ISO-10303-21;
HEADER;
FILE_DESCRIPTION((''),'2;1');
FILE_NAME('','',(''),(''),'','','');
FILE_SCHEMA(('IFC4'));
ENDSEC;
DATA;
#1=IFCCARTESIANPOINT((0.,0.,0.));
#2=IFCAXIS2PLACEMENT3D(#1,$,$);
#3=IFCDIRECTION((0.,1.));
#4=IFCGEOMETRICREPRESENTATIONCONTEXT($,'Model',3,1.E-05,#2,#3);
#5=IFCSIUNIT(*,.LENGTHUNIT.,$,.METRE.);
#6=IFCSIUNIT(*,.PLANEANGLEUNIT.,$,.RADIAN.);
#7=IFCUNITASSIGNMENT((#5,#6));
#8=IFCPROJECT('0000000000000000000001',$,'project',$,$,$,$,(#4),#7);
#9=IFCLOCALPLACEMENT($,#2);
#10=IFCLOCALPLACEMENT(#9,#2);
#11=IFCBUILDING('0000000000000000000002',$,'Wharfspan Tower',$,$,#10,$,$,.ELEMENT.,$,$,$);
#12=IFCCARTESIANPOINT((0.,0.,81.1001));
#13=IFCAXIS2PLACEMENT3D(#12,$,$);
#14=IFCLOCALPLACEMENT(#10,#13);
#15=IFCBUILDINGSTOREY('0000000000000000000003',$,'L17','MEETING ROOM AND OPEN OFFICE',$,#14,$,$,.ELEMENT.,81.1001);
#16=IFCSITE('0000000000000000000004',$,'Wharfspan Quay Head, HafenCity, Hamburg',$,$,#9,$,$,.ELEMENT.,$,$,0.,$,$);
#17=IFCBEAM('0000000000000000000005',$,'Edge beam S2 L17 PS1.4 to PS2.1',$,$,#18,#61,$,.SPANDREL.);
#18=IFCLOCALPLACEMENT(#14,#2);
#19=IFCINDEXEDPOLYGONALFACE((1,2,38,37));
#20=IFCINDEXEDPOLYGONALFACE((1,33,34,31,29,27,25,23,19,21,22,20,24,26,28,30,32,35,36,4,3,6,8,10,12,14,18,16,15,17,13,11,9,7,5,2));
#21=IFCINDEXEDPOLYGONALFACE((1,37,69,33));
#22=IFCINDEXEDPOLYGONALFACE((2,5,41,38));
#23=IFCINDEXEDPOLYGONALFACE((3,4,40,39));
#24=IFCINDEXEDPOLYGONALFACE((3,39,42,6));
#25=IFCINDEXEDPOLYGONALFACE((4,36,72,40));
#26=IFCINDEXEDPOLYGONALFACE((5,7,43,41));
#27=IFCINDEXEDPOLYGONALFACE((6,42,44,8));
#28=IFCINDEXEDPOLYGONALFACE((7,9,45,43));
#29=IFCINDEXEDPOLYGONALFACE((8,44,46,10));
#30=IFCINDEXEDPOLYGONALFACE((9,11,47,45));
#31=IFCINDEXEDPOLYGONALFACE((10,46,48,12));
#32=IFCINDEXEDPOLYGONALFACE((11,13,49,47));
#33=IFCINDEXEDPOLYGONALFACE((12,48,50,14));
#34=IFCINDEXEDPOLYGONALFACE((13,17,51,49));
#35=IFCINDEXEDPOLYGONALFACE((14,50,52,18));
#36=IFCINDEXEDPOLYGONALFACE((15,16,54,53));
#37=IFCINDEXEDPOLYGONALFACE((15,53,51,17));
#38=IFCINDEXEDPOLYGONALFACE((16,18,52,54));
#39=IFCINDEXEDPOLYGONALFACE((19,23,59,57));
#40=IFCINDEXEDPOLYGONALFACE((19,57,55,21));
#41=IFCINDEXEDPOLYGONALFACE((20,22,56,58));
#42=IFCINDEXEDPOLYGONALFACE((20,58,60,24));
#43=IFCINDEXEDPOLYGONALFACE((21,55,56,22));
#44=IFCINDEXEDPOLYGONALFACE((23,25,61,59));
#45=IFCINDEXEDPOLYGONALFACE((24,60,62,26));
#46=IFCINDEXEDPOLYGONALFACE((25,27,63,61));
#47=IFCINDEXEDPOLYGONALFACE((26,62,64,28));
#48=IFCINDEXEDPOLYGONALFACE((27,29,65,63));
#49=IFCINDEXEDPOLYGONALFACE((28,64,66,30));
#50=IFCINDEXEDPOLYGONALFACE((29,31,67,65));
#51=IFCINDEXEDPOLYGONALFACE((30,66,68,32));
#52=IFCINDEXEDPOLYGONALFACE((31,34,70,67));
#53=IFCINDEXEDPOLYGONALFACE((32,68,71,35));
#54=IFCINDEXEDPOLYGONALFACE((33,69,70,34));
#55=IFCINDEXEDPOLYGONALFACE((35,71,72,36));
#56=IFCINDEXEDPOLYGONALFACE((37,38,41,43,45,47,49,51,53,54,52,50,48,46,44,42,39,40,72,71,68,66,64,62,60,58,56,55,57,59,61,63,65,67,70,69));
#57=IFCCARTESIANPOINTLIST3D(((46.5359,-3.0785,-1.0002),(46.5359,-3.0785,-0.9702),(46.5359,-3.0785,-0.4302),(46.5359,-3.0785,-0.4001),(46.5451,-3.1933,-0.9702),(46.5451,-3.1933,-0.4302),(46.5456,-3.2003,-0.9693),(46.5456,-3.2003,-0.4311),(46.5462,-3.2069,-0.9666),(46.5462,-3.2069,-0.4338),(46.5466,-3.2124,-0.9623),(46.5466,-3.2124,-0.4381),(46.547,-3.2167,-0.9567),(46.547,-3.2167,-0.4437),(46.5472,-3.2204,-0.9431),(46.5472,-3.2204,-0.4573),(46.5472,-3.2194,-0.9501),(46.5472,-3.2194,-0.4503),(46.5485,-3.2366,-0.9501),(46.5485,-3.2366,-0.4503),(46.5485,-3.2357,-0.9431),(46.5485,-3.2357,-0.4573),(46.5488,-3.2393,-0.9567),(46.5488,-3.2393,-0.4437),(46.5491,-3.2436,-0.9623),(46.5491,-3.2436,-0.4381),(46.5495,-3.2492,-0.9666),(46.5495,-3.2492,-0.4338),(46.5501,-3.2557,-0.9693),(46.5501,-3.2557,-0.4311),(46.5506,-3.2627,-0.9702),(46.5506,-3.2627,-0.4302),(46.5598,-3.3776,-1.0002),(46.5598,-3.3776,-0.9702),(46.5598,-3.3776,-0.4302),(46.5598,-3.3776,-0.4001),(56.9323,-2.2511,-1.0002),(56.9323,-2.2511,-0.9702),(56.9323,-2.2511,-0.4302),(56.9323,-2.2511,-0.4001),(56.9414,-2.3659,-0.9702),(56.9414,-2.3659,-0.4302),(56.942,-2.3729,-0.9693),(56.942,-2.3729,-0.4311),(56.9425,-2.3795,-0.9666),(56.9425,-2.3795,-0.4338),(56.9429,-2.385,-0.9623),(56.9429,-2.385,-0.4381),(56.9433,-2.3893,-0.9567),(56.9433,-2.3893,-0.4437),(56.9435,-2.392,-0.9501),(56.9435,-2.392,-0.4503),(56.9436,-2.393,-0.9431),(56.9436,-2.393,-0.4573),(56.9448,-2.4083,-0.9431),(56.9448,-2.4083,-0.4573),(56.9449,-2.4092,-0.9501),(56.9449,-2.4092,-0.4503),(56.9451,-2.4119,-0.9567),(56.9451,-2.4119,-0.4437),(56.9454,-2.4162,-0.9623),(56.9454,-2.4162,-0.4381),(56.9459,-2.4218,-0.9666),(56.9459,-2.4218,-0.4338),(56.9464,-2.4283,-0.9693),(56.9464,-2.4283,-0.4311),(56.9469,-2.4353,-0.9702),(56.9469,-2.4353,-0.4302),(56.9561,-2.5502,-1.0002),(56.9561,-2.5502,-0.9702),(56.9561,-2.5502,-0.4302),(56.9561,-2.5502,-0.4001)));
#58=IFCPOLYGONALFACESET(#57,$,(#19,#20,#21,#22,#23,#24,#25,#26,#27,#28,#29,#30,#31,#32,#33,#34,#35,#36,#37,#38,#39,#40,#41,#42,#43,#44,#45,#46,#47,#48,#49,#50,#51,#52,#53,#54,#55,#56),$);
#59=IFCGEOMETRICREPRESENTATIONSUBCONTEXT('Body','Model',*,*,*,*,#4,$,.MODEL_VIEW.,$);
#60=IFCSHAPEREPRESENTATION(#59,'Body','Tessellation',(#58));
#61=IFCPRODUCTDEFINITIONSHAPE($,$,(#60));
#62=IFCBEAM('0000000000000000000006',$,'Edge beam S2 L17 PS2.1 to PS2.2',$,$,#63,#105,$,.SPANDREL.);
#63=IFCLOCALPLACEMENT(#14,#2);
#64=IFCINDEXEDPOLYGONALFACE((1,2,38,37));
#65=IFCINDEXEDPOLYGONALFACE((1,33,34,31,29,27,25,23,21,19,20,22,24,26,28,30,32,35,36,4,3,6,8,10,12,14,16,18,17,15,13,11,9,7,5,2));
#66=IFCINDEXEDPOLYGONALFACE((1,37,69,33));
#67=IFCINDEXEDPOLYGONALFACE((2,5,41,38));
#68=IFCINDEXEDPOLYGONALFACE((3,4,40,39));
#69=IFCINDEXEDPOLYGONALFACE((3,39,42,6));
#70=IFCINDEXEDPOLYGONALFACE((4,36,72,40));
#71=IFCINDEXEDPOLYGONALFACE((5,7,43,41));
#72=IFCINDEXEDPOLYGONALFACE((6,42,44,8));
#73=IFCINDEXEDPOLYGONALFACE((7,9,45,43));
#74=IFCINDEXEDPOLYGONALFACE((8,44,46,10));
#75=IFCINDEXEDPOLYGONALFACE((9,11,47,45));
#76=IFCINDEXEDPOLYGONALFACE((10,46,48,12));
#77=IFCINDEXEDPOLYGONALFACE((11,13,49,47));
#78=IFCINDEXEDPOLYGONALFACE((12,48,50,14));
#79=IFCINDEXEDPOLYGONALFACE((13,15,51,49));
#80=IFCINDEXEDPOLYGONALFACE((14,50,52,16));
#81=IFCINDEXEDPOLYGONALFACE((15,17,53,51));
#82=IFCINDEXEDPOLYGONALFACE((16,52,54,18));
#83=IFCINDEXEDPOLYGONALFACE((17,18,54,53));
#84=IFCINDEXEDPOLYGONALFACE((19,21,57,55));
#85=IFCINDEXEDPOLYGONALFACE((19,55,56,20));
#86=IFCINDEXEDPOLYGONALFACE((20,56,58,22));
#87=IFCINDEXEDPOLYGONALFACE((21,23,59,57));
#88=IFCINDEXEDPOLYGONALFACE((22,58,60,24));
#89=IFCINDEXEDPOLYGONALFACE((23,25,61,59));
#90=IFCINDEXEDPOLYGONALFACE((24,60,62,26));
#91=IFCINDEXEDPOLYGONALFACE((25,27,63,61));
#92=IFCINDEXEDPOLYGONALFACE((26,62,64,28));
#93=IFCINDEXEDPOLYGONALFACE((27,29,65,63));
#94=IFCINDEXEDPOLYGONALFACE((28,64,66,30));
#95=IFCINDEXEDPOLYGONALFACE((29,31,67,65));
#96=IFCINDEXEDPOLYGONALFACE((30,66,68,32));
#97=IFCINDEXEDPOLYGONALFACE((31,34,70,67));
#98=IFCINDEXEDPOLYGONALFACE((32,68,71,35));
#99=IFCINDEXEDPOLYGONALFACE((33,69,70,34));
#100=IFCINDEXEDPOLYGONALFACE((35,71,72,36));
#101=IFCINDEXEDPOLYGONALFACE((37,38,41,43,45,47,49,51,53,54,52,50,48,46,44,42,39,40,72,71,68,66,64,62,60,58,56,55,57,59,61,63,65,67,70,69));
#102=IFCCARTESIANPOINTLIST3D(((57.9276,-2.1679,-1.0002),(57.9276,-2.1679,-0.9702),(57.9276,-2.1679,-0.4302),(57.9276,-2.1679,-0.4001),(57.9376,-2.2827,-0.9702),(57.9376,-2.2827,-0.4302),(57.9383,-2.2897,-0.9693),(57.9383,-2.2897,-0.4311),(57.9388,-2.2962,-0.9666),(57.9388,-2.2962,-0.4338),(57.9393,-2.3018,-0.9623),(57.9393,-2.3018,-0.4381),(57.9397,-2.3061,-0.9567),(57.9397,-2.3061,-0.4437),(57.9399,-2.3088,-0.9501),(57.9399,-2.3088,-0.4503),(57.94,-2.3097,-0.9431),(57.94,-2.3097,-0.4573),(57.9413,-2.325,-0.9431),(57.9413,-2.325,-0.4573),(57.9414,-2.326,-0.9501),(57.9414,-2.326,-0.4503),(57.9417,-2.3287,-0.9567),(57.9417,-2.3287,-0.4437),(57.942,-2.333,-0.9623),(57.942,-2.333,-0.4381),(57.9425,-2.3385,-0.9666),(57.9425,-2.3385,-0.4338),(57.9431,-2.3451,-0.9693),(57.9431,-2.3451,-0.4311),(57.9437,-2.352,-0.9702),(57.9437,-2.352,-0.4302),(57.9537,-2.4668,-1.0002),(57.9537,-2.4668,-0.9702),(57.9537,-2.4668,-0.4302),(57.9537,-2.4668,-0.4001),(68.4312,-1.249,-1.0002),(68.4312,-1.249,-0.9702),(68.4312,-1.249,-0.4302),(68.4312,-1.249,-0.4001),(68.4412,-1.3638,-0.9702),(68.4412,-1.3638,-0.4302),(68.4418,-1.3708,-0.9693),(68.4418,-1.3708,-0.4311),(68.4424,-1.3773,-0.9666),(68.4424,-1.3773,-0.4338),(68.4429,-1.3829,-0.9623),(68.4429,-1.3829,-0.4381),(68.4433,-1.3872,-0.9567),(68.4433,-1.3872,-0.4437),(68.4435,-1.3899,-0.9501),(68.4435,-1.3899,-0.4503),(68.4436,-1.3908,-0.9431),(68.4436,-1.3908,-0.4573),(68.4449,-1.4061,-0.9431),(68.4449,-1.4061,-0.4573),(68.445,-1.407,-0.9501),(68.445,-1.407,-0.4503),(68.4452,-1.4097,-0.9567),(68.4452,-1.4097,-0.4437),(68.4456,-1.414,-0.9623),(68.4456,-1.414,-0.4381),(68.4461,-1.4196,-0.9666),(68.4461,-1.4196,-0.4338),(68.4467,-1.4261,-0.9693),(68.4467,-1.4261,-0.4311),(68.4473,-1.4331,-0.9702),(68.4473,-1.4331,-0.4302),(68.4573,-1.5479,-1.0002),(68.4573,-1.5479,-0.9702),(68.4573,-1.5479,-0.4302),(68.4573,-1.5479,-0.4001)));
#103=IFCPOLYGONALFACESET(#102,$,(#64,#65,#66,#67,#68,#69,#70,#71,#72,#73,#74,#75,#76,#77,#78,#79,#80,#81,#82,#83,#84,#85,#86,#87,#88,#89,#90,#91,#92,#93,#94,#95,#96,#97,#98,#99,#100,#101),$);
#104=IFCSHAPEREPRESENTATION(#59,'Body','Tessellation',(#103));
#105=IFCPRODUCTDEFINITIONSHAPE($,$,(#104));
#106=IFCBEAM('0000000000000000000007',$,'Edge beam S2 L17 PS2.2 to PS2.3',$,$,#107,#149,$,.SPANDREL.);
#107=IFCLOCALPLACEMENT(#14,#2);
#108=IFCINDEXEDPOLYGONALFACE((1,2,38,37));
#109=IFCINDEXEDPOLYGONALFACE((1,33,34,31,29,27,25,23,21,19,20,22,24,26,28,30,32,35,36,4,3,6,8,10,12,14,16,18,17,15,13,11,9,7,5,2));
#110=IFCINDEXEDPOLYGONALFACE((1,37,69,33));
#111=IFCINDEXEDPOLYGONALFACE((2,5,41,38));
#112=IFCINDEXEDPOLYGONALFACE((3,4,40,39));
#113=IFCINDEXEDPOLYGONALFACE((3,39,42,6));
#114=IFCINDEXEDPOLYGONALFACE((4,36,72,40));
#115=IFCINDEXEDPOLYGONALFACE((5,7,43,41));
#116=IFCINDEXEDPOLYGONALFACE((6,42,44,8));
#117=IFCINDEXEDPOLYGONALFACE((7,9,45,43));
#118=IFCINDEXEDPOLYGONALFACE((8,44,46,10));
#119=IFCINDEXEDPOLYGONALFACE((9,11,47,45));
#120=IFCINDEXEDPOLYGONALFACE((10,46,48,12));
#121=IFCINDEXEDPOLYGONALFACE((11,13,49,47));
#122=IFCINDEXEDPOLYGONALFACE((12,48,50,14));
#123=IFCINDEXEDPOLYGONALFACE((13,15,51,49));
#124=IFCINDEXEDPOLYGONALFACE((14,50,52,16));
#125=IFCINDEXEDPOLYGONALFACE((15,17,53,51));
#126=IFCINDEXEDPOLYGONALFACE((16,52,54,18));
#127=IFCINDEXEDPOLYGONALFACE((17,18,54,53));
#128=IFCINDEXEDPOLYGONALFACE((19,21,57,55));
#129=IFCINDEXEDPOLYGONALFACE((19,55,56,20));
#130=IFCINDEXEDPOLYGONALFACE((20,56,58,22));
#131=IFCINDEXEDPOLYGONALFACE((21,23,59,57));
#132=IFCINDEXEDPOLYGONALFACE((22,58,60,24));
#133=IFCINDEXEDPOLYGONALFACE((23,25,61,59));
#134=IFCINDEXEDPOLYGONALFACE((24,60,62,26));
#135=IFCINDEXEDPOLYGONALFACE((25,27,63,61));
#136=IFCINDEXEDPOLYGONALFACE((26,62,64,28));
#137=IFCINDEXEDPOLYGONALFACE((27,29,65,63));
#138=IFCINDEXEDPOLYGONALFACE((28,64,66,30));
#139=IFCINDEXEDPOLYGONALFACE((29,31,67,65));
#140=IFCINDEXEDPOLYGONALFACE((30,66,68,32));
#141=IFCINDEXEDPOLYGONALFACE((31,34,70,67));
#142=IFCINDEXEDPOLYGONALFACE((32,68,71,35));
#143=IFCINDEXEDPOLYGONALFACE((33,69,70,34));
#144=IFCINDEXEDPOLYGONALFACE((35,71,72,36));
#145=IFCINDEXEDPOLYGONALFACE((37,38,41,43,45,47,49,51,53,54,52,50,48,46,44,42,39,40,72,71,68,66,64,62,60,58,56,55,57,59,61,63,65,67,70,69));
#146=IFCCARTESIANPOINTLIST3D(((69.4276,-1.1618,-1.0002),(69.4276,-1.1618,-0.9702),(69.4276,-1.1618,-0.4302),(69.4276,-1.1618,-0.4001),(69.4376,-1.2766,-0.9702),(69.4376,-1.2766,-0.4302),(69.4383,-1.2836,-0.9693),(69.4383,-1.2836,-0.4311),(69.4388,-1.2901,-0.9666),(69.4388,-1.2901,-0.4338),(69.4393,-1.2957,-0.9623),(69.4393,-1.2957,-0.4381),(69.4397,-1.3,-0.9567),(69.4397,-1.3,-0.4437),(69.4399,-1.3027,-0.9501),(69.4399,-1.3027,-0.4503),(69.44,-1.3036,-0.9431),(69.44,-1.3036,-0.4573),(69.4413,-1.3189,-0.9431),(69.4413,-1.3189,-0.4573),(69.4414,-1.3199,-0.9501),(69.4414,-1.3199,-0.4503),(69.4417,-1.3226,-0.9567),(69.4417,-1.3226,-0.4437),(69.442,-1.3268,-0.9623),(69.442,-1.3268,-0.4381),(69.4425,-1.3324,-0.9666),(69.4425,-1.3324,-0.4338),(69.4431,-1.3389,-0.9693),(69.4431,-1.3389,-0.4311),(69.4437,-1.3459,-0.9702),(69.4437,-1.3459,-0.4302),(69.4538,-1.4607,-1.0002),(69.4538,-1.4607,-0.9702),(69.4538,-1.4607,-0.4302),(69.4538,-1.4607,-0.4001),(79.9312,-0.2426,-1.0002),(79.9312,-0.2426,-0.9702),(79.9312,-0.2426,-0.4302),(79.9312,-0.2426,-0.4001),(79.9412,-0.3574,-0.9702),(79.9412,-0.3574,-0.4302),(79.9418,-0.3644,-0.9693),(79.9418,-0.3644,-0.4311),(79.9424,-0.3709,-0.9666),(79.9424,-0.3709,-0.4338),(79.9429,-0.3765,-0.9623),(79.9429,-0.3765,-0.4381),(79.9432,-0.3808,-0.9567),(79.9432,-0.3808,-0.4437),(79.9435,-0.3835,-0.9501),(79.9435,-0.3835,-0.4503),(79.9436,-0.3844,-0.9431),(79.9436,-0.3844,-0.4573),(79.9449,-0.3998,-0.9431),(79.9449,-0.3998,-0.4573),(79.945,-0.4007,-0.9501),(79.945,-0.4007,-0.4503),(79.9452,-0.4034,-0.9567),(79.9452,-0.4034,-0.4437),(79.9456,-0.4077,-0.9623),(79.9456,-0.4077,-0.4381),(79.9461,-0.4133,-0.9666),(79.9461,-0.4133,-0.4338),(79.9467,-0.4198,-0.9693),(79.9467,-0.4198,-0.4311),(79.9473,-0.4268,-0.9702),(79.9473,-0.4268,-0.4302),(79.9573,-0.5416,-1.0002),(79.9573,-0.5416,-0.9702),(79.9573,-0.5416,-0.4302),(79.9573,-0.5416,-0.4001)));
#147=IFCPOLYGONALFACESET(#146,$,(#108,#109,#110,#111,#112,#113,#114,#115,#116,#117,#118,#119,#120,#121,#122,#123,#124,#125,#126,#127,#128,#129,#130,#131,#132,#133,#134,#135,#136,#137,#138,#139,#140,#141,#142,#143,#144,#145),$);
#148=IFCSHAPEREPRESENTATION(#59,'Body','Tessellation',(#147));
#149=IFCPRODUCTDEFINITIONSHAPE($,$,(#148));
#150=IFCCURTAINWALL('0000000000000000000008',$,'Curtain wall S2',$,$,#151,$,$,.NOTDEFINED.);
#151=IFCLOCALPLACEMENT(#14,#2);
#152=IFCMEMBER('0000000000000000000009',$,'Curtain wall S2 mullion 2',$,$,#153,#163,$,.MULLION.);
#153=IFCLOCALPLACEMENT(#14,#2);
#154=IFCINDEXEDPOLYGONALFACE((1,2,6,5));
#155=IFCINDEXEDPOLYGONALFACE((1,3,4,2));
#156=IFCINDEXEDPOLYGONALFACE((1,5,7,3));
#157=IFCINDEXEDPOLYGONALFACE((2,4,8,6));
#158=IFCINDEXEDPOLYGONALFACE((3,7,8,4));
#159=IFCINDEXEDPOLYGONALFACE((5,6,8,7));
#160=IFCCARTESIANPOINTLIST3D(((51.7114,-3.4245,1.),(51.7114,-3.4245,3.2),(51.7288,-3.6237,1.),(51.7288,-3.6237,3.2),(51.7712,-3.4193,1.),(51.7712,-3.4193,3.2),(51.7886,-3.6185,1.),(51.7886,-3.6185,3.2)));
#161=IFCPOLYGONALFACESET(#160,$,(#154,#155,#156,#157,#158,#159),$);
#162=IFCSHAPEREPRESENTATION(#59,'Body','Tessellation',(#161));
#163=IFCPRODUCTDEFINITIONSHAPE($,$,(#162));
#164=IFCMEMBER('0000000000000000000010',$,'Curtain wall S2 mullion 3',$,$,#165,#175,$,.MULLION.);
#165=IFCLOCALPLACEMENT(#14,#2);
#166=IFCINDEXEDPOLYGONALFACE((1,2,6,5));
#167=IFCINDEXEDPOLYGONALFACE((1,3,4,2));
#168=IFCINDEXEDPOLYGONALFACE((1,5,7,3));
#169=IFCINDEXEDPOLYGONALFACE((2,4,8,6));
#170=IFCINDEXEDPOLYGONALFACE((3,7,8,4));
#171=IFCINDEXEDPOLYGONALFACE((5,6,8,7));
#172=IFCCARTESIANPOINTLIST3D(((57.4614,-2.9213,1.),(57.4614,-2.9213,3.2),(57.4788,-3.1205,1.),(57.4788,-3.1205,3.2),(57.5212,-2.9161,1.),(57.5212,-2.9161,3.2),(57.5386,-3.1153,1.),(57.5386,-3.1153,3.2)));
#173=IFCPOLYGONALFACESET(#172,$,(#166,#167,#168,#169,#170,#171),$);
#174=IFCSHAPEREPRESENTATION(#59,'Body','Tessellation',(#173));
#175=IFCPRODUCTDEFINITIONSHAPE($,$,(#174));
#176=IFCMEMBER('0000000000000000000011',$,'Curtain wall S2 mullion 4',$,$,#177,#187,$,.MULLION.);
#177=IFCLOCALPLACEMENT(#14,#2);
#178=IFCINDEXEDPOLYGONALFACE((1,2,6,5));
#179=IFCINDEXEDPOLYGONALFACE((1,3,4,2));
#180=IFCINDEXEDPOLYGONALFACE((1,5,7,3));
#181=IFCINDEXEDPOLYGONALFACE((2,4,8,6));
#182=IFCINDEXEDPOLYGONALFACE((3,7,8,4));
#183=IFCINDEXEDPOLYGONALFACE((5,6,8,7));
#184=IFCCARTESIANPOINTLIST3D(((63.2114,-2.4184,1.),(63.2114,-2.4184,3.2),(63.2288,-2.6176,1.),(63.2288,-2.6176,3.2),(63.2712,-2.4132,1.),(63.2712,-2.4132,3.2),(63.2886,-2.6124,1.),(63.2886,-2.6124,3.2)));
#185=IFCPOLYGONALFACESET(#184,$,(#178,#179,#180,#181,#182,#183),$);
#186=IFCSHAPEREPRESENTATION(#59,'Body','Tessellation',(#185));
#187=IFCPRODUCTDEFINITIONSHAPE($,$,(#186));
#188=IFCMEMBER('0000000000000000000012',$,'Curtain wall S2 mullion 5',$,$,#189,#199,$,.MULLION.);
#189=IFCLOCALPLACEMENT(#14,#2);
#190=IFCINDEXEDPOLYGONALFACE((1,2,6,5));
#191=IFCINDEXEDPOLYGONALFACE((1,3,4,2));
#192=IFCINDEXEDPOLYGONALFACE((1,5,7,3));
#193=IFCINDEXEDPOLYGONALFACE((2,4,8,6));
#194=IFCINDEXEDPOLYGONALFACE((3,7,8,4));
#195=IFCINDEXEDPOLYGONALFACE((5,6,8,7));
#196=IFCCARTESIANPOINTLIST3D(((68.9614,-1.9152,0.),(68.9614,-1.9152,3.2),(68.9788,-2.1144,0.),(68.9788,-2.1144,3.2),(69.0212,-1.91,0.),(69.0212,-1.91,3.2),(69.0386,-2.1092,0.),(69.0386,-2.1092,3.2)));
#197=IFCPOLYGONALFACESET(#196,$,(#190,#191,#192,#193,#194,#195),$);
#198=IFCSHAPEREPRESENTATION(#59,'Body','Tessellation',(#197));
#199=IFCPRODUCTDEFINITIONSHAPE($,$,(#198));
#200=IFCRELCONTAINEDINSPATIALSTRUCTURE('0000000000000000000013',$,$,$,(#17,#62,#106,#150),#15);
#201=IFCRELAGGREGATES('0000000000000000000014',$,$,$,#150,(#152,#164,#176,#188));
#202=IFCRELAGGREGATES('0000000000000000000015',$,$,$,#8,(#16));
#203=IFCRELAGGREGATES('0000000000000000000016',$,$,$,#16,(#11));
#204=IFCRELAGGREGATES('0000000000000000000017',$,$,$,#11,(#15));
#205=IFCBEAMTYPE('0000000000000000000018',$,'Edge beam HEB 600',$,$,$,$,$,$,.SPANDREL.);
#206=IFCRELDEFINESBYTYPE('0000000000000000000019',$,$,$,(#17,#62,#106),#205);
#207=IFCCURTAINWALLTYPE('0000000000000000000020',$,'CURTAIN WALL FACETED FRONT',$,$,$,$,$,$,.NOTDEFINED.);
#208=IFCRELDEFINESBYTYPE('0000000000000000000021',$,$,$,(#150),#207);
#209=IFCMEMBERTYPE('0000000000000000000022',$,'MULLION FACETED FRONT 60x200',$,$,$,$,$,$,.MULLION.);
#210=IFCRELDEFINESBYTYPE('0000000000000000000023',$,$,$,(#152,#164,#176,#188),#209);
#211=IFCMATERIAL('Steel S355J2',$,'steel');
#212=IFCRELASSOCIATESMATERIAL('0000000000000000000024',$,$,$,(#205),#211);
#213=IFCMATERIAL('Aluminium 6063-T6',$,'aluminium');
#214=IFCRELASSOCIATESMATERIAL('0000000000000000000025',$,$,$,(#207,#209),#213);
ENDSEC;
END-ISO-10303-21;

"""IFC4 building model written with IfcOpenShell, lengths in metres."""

from ifc_helpers import new_model, si_unit, direction, frame, origin, origin_2d, place, context, subcontext, project, spatial, rectangle, i_section, extrude, material, material_profile, profile_set, type_object, element, aggregate, save


model = new_model("IFC4")

# Units and contexts
model_context = context("Model", 3, precision=1e-05, world=origin(), true_north=direction((0.0, 1.0)))
body_context = subcontext(model_context, "Body", "Model", "MODEL_VIEW")
ifc_project = project(units=[si_unit("LENGTHUNIT", "METRE"), si_unit("PLANEANGLEUNIT", "RADIAN")], contexts=[model_context])

# Site, building, storey
site_placement = place(None, origin())
site = spatial("IfcSite", under=ifc_project, at=site_placement, Name="Wharfspan Quay Head, HafenCity, Hamburg", CompositionType="ELEMENT", RefElevation=0.0)
building_placement = place(site_placement, origin())
building = spatial("IfcBuilding", under=site, at=building_placement, Name="Wharfspan Tower", CompositionType="ELEMENT")
storey_placement = place(building_placement, frame((0.0, 0.0, 81.1001)))
storey = spatial("IfcBuildingStorey", under=building, at=storey_placement, Name="L17", Description="MEETING ROOM AND OPEN OFFICE", CompositionType="ELEMENT", Elevation=81.1001)

# Shared definitions
ifc_material_1 = material(Name="Steel S355J2", Category="steel")

# Beams
ifc_material_profile_1 = material_profile(ifc_material_1, i_section(OverallWidth=0.3, OverallDepth=0.6001, WebThickness=0.0154, FlangeThickness=0.03, FilletRadius=0.0271, at=origin_2d()))
ifc_profile_set_1 = profile_set([ifc_material_profile_1], Name="Steel S355J2")
beam_type = type_object("IfcBeamType", Name="Edge beam HEB 600", PredefinedType="SPANDREL", material=ifc_profile_set_1)
beam_placement = place(storey_placement, frame((46.5479, -3.228, -0.7002), z_axis=(0.996848, 0.079335, 0.0), x_axis=(-0.079335, 0.996848, 0.0)))
element("IfcBeam", 1, at=beam_placement, inside=storey, type_object=beam_type, Name="Edge beam S2 L17 PS1.4 to PS2.1", PredefinedType="SPANDREL", context=body_context, shape_type="SweptSolid", body=[
    extrude(i_section(OverallWidth=0.3, OverallDepth=0.6001, WebThickness=0.0154, FlangeThickness=0.03, FilletRadius=0.0271, at=origin_2d()), origin(), (0.0, 0.0, 1.0), 10.4292),
])
for number, where, z_axis, x_axis, name in (
    (2, (57.9407, -2.3174, -0.7002), (0.996195, 0.087155, 0.0), (-0.087155, 0.996195, 0.0), "Edge beam S2 L17 PS2.1 to PS2.2"),
    (3, (69.4407, -1.3113, -0.7002), (0.996193, 0.087178, 0.0), (-0.087178, 0.996193, 0.0), "Edge beam S2 L17 PS2.2 to PS2.3"),
):
    element("IfcBeam", number, at=place(storey_placement, frame(where, z_axis=z_axis, x_axis=x_axis)), inside=storey, type_object=beam_type, Name=name, PredefinedType="SPANDREL", context=body_context, shape_type="SweptSolid", body=[
        extrude(i_section(OverallWidth=0.3, OverallDepth=0.6001, WebThickness=0.0154, FlangeThickness=0.03, FilletRadius=0.0271, at=origin_2d()), origin(), (0.0, 0.0, 1.0), 10.5437),
    ])

# Curtain wall, members
ifc_material_2 = material(Name="Aluminium 6063-T6", Category="aluminium")
curtain_wall_type = type_object("IfcCurtainWallType", Name="CURTAIN WALL FACETED FRONT", PredefinedType="NOTDEFINED", material=ifc_material_2)
curtain_wall_placement = place(storey_placement, origin())
curtain_wall = element("IfcCurtainWall", 4, at=curtain_wall_placement, inside=storey, type_object=curtain_wall_type, Name="Curtain wall S2", PredefinedType="NOTDEFINED")
ifc_material_profile_2 = material_profile(ifc_material_2, rectangle(XDim=0.2, YDim=0.0601, at=origin_2d()))
ifc_profile_set_2 = profile_set([ifc_material_profile_2], Name="Aluminium 6063-T6")
member_type_1 = type_object("IfcMemberType", Name="MULLION FACETED FRONT 60x200", PredefinedType="MULLION", material=ifc_profile_set_2)
member_1_placement = place(storey_placement, frame((51.75, -3.5215, 1.0), z_axis=(0.0, 0.0, 1.0), x_axis=(-0.087156, 0.996197, 0.0)))
member_1 = element("IfcMember", 5, at=member_1_placement, type_object=member_type_1, Name="Curtain wall S2 mullion 2", PredefinedType="MULLION", context=body_context, shape_type="SweptSolid", body=[
    extrude(rectangle(XDim=0.2, YDim=0.0601, at=origin_2d()), origin(), (0.0, 0.0, 1.0), 2.2),
])
member_2_placement = place(storey_placement, frame((57.5, -3.0183, 1.0), z_axis=(0.0, 0.0, 1.0), x_axis=(-0.087156, 0.996197, 0.0)))
member_2 = element("IfcMember", 6, at=member_2_placement, type_object=member_type_1, Name="Curtain wall S2 mullion 3", PredefinedType="MULLION", context=body_context, shape_type="SweptSolid", body=[
    extrude(rectangle(XDim=0.2, YDim=0.0601, at=origin_2d()), origin(), (0.0, 0.0, 1.0), 2.2),
])
member_3_placement = place(storey_placement, frame((63.25, -2.5154, 1.0), z_axis=(0.0, 0.0, 1.0), x_axis=(-0.087156, 0.996197, 0.0)))
member_3 = element("IfcMember", 7, at=member_3_placement, type_object=member_type_1, Name="Curtain wall S2 mullion 4", PredefinedType="MULLION", context=body_context, shape_type="SweptSolid", body=[
    extrude(rectangle(XDim=0.2, YDim=0.0601, at=origin_2d()), origin(), (0.0, 0.0, 1.0), 2.2),
])
member_4_placement = place(storey_placement, frame((69.0, -2.0122, 0.0), z_axis=(0.0, 0.0, 1.0), x_axis=(-0.087156, 0.996197, 0.0)))
member_4 = element("IfcMember", 8, at=member_4_placement, type_object=member_type_1, Name="Curtain wall S2 mullion 5", PredefinedType="MULLION", context=body_context, shape_type="SweptSolid", body=[
    extrude(rectangle(XDim=0.2, YDim=0.0601, at=origin_2d()), origin(), (0.0, 0.0, 1.0), 3.2),
])

aggregate(curtain_wall, [member_1, member_2, member_3, member_4])

save(model, "model.ifc")
